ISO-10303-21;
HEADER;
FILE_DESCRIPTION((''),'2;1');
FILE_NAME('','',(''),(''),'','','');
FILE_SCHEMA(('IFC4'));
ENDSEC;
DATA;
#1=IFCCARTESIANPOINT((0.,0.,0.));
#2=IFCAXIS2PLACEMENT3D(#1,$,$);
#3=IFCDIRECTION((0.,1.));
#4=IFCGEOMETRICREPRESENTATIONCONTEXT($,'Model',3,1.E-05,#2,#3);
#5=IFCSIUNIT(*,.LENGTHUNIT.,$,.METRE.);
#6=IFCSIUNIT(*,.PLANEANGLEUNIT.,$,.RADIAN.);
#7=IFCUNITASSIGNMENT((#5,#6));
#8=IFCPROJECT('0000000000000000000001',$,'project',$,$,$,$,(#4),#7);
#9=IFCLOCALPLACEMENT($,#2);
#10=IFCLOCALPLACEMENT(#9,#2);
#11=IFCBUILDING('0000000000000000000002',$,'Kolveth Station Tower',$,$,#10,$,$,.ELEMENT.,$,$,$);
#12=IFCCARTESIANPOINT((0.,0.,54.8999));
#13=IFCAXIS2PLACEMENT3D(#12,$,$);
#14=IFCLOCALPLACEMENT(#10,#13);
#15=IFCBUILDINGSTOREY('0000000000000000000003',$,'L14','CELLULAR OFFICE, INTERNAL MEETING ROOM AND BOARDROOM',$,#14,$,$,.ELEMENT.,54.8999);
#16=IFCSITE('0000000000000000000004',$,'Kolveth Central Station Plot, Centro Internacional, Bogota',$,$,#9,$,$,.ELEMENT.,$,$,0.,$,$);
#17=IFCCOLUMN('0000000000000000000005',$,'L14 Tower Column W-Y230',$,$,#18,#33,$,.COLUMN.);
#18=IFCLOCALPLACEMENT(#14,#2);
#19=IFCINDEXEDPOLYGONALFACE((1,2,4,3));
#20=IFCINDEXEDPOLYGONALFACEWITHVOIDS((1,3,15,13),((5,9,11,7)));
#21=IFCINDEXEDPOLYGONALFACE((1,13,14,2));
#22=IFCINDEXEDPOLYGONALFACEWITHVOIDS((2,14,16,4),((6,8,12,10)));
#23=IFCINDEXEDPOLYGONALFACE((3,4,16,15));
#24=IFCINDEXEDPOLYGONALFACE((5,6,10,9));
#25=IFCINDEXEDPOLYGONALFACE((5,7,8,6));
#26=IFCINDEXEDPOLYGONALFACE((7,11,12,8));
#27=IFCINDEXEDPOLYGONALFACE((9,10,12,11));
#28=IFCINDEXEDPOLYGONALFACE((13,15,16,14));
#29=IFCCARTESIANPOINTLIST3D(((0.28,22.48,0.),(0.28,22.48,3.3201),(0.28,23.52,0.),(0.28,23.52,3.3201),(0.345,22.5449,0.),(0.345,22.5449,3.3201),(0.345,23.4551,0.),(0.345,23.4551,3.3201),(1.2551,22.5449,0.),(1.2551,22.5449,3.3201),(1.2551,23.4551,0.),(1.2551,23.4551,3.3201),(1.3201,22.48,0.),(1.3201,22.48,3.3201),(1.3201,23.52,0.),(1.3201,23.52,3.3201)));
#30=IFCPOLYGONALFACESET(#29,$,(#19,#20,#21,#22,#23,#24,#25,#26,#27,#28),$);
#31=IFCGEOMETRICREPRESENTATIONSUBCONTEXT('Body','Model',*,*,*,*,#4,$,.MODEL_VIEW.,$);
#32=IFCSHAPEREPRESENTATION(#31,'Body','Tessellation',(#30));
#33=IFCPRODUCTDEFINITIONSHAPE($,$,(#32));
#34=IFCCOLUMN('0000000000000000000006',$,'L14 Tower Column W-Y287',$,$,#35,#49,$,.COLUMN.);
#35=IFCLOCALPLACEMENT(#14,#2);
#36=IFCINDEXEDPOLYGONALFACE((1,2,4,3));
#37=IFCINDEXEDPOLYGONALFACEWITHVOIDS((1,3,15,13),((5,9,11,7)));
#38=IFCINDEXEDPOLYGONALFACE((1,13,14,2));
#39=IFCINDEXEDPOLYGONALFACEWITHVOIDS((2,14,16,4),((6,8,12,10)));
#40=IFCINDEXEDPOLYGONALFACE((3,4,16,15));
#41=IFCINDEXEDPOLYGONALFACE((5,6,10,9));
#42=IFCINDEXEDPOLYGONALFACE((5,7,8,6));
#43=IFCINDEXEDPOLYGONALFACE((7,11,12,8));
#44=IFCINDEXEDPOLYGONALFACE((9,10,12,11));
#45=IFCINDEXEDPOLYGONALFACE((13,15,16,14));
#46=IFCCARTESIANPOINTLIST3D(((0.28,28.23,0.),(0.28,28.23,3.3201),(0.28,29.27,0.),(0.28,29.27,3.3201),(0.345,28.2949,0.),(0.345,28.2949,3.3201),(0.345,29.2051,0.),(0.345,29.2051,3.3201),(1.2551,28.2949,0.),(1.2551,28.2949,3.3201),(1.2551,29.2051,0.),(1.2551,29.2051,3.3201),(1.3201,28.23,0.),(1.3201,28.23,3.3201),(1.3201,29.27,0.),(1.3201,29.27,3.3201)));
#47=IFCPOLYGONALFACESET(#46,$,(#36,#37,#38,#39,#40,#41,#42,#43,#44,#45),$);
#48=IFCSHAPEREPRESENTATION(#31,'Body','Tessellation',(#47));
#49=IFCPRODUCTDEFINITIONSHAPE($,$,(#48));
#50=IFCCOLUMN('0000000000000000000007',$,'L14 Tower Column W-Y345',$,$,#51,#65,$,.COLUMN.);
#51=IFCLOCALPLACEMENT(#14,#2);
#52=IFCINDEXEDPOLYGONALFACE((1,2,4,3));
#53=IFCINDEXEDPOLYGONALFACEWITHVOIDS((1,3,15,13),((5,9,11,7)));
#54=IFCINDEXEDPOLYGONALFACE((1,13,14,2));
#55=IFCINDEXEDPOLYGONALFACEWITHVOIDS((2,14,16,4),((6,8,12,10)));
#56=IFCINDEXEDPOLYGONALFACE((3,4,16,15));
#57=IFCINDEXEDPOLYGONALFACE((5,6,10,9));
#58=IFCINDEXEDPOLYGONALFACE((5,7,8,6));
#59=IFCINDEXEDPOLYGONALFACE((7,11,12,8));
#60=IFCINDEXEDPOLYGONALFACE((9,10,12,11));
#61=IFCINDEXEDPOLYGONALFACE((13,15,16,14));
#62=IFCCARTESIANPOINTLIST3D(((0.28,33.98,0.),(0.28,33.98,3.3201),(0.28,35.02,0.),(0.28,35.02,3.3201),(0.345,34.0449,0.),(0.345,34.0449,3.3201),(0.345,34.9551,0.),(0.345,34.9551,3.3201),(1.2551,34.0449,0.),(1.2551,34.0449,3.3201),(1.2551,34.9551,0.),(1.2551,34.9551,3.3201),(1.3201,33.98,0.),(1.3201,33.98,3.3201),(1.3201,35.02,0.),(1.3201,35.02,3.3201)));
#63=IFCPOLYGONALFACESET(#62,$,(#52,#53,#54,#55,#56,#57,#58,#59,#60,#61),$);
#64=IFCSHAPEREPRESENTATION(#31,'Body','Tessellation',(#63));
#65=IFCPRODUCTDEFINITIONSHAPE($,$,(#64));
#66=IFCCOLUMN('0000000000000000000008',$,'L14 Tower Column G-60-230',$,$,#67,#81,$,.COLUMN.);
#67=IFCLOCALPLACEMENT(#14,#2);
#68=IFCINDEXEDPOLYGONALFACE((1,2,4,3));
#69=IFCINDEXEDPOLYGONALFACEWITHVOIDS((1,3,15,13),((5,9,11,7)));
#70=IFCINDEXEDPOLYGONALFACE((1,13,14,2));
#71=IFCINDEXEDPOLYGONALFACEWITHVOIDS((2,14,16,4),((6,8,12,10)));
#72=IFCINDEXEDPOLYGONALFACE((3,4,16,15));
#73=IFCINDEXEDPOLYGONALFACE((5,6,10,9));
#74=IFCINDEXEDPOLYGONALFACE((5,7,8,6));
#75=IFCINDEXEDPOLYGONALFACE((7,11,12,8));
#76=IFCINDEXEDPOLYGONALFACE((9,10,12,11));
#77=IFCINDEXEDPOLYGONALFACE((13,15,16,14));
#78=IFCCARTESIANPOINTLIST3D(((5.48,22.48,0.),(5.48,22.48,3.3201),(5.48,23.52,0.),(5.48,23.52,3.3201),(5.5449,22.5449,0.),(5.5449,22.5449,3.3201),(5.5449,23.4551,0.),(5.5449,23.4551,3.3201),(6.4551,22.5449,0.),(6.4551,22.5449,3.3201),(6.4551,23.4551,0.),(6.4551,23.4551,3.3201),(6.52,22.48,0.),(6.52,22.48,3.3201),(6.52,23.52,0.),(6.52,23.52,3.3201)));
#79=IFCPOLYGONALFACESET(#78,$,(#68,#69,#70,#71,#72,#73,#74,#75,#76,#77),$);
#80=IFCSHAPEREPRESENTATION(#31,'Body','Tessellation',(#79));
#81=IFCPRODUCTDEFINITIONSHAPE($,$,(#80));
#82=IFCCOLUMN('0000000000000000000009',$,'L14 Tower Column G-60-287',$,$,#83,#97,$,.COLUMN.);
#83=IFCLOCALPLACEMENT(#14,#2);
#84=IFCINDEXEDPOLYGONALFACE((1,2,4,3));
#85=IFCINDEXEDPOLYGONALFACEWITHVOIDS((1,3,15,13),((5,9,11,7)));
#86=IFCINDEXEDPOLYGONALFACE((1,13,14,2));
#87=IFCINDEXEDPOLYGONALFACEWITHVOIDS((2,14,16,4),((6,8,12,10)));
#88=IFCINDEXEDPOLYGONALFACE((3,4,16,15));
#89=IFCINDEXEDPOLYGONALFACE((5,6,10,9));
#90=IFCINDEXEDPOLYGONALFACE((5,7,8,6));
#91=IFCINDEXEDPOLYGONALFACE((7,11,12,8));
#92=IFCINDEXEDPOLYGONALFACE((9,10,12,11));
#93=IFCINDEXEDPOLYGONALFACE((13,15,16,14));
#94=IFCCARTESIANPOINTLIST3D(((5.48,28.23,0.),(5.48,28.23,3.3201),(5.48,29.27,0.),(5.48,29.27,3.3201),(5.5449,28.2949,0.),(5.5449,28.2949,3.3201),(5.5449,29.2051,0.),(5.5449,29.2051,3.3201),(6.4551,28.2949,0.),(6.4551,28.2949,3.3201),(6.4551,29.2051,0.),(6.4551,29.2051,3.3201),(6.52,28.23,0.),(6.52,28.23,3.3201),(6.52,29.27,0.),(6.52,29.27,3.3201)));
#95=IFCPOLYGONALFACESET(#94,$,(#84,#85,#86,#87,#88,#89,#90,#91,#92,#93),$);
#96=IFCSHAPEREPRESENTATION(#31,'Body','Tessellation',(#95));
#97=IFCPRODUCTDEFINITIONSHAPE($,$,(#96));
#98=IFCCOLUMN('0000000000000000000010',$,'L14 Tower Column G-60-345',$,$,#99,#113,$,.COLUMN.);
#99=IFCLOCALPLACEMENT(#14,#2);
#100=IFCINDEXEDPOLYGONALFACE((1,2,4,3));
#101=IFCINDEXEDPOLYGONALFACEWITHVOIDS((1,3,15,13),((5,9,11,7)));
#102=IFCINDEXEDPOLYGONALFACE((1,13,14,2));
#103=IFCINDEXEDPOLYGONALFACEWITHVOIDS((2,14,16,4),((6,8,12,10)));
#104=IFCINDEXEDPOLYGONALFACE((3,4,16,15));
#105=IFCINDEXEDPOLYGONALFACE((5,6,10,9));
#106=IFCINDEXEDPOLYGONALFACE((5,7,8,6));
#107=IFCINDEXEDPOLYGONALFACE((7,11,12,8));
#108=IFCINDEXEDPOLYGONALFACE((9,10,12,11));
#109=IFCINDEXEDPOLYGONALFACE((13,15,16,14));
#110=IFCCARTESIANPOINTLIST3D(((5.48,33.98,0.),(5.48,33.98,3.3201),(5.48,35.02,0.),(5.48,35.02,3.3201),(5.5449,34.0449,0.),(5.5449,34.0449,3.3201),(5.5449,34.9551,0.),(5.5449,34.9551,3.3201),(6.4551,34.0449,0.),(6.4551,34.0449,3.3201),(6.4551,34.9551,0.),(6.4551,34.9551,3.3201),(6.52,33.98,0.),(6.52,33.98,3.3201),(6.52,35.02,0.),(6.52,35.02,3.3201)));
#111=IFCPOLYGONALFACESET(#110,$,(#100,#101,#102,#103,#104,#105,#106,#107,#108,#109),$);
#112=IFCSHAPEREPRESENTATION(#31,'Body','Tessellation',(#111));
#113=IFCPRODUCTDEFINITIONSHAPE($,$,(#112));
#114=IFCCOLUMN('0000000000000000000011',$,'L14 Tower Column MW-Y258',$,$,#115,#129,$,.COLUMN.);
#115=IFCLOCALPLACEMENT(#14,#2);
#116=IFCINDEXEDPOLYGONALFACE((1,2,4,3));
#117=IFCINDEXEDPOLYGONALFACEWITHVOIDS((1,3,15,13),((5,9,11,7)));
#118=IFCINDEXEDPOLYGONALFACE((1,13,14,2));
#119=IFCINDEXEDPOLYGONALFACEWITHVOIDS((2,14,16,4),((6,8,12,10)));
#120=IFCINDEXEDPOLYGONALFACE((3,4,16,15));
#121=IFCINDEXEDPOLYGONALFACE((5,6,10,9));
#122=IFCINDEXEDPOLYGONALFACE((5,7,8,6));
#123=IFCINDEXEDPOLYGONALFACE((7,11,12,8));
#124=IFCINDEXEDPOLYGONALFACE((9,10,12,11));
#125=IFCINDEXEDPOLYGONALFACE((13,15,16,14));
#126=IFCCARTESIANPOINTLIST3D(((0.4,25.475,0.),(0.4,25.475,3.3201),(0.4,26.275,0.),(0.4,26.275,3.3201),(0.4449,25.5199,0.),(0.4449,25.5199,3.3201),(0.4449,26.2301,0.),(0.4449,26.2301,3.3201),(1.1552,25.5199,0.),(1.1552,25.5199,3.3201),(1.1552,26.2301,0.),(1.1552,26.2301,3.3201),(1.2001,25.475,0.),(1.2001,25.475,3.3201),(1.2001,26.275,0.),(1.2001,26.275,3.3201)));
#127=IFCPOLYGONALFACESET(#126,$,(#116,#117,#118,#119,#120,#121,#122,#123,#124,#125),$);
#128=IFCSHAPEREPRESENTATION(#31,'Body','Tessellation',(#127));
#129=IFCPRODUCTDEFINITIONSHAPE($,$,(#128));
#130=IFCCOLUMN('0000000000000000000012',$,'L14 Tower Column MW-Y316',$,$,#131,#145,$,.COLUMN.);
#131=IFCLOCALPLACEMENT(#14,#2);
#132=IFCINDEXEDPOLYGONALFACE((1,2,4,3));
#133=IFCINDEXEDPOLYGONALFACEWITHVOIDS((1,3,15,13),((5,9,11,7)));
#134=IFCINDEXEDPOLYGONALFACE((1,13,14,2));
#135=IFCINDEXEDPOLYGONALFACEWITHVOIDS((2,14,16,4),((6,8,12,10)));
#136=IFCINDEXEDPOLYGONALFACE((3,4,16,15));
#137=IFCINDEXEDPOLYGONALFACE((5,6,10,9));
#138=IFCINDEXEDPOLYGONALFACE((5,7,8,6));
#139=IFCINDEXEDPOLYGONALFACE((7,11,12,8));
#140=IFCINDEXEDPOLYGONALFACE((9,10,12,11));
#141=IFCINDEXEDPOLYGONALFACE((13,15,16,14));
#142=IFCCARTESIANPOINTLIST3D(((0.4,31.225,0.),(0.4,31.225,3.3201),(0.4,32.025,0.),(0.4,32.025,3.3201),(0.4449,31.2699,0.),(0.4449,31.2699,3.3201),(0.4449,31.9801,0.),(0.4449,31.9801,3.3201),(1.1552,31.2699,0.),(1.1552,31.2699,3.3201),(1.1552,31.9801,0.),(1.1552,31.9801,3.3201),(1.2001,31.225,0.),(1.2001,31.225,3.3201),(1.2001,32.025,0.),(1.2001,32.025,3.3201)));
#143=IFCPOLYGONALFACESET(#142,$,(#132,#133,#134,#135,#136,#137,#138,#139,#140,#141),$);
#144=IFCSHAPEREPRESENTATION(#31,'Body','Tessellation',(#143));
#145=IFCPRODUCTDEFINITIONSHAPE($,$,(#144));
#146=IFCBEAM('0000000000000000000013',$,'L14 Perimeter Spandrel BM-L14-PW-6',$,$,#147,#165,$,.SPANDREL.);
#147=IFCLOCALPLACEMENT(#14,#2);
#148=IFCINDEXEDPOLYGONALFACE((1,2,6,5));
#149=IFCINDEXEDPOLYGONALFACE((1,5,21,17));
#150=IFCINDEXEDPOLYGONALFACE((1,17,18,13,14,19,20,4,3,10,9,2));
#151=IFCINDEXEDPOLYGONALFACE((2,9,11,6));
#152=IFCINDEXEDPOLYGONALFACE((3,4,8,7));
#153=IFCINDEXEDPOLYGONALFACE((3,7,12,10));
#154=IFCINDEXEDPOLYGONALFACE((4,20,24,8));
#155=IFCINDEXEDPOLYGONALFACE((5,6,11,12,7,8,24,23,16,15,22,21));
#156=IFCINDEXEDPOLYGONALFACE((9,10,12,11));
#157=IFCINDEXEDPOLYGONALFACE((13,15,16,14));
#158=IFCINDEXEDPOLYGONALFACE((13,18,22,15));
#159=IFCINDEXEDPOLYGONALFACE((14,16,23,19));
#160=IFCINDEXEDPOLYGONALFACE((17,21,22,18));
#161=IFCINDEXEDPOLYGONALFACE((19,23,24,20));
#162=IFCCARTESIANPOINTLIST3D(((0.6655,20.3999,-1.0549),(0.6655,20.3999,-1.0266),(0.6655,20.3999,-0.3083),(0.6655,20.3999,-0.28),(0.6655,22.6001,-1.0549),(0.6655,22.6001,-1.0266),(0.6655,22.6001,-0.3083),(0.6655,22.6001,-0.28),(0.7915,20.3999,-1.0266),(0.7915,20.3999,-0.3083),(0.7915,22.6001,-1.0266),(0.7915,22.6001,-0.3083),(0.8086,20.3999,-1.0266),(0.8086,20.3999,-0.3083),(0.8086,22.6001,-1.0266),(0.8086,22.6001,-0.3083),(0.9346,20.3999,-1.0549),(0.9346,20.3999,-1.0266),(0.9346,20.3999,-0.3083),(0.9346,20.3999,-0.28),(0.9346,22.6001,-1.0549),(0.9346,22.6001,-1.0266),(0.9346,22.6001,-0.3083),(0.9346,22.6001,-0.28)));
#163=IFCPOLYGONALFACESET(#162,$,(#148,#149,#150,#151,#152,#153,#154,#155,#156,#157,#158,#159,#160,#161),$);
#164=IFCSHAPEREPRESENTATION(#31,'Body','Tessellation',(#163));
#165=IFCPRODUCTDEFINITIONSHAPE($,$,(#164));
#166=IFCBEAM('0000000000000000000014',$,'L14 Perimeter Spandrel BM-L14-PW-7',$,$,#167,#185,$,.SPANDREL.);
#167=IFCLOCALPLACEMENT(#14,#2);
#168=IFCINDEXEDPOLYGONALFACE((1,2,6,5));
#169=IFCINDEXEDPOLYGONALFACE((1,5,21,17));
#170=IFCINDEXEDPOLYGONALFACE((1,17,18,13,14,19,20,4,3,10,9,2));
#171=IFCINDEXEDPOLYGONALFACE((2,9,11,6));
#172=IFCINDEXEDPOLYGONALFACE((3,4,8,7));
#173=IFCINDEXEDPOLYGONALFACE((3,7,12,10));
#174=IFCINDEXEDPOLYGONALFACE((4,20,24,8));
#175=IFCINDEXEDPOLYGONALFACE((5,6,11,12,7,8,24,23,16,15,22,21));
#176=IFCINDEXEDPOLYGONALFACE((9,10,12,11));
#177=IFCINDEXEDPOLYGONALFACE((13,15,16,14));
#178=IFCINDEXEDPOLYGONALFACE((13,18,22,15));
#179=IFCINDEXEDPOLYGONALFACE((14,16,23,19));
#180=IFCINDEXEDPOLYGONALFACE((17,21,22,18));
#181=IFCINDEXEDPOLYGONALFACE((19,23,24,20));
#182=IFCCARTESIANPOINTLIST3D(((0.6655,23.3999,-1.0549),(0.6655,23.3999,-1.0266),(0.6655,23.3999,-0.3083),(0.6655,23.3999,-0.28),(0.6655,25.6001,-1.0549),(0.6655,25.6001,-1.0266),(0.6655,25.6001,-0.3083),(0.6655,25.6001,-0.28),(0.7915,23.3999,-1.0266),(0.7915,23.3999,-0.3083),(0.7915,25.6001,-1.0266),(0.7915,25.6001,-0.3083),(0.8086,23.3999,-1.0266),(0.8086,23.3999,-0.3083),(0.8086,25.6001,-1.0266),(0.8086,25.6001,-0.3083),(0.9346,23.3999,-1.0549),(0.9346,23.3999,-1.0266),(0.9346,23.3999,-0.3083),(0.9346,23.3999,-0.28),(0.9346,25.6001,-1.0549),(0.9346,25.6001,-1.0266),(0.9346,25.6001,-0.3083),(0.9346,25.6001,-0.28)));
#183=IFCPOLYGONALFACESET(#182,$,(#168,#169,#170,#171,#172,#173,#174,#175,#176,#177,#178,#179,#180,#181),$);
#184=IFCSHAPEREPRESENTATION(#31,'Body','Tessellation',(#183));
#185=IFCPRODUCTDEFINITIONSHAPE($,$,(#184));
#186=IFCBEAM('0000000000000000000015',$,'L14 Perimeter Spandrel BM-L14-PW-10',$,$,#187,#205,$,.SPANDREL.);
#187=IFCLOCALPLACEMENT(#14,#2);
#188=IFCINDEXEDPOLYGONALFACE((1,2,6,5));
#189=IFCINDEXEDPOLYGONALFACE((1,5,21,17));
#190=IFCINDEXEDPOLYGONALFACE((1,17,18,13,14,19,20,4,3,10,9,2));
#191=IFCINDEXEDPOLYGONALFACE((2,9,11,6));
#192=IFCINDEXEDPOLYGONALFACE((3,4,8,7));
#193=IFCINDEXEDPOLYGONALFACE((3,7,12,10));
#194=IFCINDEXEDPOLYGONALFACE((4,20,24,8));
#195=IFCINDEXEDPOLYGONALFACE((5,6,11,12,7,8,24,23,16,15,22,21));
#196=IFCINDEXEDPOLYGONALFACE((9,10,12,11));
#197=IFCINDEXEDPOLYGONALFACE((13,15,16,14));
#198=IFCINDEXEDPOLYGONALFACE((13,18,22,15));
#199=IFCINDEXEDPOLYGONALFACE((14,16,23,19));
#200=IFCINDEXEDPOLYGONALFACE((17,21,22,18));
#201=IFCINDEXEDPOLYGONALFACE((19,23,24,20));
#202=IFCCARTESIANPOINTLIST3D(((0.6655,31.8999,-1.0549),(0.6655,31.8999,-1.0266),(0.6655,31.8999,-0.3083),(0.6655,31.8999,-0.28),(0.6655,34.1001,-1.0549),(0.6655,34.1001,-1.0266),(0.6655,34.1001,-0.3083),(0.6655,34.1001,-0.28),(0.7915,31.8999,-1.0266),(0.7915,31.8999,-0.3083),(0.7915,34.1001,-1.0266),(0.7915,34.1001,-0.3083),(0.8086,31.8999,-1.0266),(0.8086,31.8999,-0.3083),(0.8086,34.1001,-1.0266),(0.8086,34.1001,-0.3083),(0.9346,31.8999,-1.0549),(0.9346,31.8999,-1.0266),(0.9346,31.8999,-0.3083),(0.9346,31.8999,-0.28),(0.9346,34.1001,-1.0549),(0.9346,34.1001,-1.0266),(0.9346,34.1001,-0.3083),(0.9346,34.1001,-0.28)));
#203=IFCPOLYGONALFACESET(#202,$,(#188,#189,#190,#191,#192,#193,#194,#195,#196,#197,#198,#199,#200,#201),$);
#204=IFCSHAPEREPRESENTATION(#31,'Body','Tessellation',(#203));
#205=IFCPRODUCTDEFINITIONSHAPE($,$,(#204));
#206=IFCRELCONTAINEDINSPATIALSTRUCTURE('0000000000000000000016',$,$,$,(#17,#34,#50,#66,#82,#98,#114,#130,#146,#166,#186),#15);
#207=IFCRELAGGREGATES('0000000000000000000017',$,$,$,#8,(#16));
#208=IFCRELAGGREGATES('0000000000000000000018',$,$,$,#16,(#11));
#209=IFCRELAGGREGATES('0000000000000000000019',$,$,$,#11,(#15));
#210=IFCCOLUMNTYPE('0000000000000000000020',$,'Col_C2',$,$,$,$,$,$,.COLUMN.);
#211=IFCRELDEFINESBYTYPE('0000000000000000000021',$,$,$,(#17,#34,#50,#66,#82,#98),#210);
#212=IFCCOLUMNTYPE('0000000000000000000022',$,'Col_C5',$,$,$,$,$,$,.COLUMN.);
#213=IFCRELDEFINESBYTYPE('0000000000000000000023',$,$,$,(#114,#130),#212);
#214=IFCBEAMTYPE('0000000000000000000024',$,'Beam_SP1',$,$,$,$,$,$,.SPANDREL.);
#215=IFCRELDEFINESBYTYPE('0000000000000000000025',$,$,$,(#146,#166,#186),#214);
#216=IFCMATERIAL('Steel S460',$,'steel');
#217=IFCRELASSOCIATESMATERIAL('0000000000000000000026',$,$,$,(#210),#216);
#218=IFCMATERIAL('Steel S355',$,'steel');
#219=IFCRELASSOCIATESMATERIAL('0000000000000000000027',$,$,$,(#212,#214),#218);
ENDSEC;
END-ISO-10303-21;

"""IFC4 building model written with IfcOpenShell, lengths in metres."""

from ifc_helpers import new_model, si_unit, direction, frame, origin, origin_2d, place, context, subcontext, project, spatial, hollow_rectangle, i_section, extrude, source, transform, mapped, material, material_profile, profile_set, type_object, element, save


model = new_model("IFC4")

# Units and contexts
model_context = context("Model", 3, precision=1e-05, world=origin(), true_north=direction((0.0, 1.0)))
body_context = subcontext(model_context, "Body", "Model", "MODEL_VIEW")
ifc_project = project(units=[si_unit("LENGTHUNIT", "METRE"), si_unit("PLANEANGLEUNIT", "RADIAN")], contexts=[model_context])

# Site, building, storey
site_placement = place(None, origin())
site = spatial("IfcSite", under=ifc_project, at=site_placement, Name="Kolveth Central Station Plot, Centro Internacional, Bogota", CompositionType="ELEMENT", RefElevation=0.0)
building_placement = place(site_placement, origin())
building = spatial("IfcBuilding", under=site, at=building_placement, Name="Kolveth Station Tower", CompositionType="ELEMENT")
storey_placement = place(building_placement, frame((0.0, 0.0, 54.8999)))
storey = spatial("IfcBuildingStorey", under=building, at=storey_placement, Name="L14", Description="CELLULAR OFFICE, INTERNAL MEETING ROOM AND BOARDROOM", CompositionType="ELEMENT", Elevation=54.8999)

# Columns
ifc_material_1 = material(Name="Steel S460", Category="steel")
ifc_material_profile_1 = material_profile(ifc_material_1, hollow_rectangle(XDim=1.04, YDim=1.04, WallThickness=0.0649, at=origin_2d()), Name="BOX1040x1040x65")
ifc_profile_set_1 = profile_set([ifc_material_profile_1], Name="Steel S460")
column_type_1 = type_object("IfcColumnType", Name="Col_C2", PredefinedType="COLUMN", material=ifc_profile_set_1)
shared_shape_1 = source(origin(), body_context, "Body", "SweptSolid", [
    extrude(hollow_rectangle(XDim=1.04, YDim=1.04, WallThickness=0.0649, at=origin_2d()), origin(), (0.0, 0.0, 1.0), 3.3201),
])
for number, where, z_axis, x_axis, name in (
    (1, (0.8, 23.0, 0.0), (0.0, 0.0, 1.0), (1.0, 0.0, 0.0), "L14 Tower Column W-Y230"),
    (2, (0.8, 28.75, 0.0), (0.0, 0.0, 1.0), (1.0, 0.0, 0.0), "L14 Tower Column W-Y287"),
    (3, (0.8, 34.5, 0.0), (0.0, 0.0, 1.0), (1.0, 0.0, 0.0), "L14 Tower Column W-Y345"),
    (4, (6.0, 23.0, 0.0), (0.0, 0.0, 1.0), (1.0, 0.0, 0.0), "L14 Tower Column G-60-230"),
    (5, (6.0, 28.75, 0.0), (0.0, 0.0, 1.0), (1.0, 0.0, 0.0), "L14 Tower Column G-60-287"),
    (6, (6.0, 34.5, 0.0), (0.0, 0.0, 1.0), (1.0, 0.0, 0.0), "L14 Tower Column G-60-345"),
):
    element("IfcColumn", number, at=place(storey_placement, frame(where, z_axis=z_axis, x_axis=x_axis)), inside=storey, type_object=column_type_1, Name=name, PredefinedType="COLUMN", context=body_context, shape_type="MappedRepresentation", body=[
        mapped(shared_shape_1, transform((0.0, 0.0, 0.0), x_axis=(1.0, 0.0, 0.0), y_axis=(0.0, 1.0, 0.0), z_axis=(0.0, 0.0, 1.0), scale=1.0)),
    ])
ifc_material_2 = material(Name="Steel S355", Category="steel")
ifc_material_profile_2 = material_profile(ifc_material_2, hollow_rectangle(XDim=0.8, YDim=0.8, WallThickness=0.0449, at=origin_2d()), Name="BOX800x800x45")
ifc_profile_set_2 = profile_set([ifc_material_profile_2], Name="Steel S355")
column_type_2 = type_object("IfcColumnType", Name="Col_C5", PredefinedType="COLUMN", material=ifc_profile_set_2)
shared_shape_2 = source(origin(), body_context, "Body", "SweptSolid", [
    extrude(hollow_rectangle(XDim=0.8, YDim=0.8, WallThickness=0.0449, at=origin_2d()), origin(), (0.0, 0.0, 1.0), 3.3201),
])
for number, where, z_axis, x_axis, name in (
    (7, (0.8, 25.875, 0.0), (0.0, 0.0, 1.0), (1.0, 0.0, 0.0), "L14 Tower Column MW-Y258"),
    (8, (0.8, 31.625, 0.0), (0.0, 0.0, 1.0), (1.0, 0.0, 0.0), "L14 Tower Column MW-Y316"),
):
    element("IfcColumn", number, at=place(storey_placement, frame(where, z_axis=z_axis, x_axis=x_axis)), inside=storey, type_object=column_type_2, Name=name, PredefinedType="COLUMN", context=body_context, shape_type="MappedRepresentation", body=[
        mapped(shared_shape_2, transform((0.0, 0.0, 0.0), x_axis=(1.0, 0.0, 0.0), y_axis=(0.0, 1.0, 0.0), z_axis=(0.0, 0.0, 1.0), scale=1.0)),
    ])

# Beams
ifc_material_profile_3 = material_profile(ifc_material_2, i_section(OverallWidth=0.269, OverallDepth=0.7749, WebThickness=0.0171, FlangeThickness=0.0283, at=origin_2d()), Name="W760x220")
ifc_profile_set_3 = profile_set([ifc_material_profile_3], Name="Steel S355")
beam_type_1 = type_object("IfcBeamType", Name="Beam_SP1", PredefinedType="SPANDREL", material=ifc_profile_set_3)
shared_shape_3 = source(origin(), body_context, "Body", "SweptSolid", [
    extrude(i_section(OverallWidth=0.269, OverallDepth=0.7749, WebThickness=0.0171, FlangeThickness=0.0283, at=origin_2d()), origin(), (0.0, 0.0, 1.0), 2.2002),
])
for number, where, z_axis, x_axis, name in (
    (9, (0.8, 20.3999, -0.6675), (0.0, 1.0, 0.0), (-1.0, 0.0, 0.0), "L14 Perimeter Spandrel BM-L14-PW-6"),
    (10, (0.8, 23.3999, -0.6675), (0.0, 1.0, 0.0), (-1.0, 0.0, 0.0), "L14 Perimeter Spandrel BM-L14-PW-7"),
    (11, (0.8, 31.8999, -0.6675), (0.0, 1.0, 0.0), (-1.0, 0.0, 0.0), "L14 Perimeter Spandrel BM-L14-PW-10"),
):
    element("IfcBeam", number, at=place(storey_placement, frame(where, z_axis=z_axis, x_axis=x_axis)), inside=storey, type_object=beam_type_1, Name=name, PredefinedType="SPANDREL", context=body_context, shape_type="MappedRepresentation", body=[
        mapped(shared_shape_3, transform((0.0, 0.0, 0.0), x_axis=(1.0, 0.0, 0.0), y_axis=(0.0, 1.0, 0.0), z_axis=(0.0, 0.0, 1.0), scale=1.0)),
    ])

save(model, "model.ifc")
